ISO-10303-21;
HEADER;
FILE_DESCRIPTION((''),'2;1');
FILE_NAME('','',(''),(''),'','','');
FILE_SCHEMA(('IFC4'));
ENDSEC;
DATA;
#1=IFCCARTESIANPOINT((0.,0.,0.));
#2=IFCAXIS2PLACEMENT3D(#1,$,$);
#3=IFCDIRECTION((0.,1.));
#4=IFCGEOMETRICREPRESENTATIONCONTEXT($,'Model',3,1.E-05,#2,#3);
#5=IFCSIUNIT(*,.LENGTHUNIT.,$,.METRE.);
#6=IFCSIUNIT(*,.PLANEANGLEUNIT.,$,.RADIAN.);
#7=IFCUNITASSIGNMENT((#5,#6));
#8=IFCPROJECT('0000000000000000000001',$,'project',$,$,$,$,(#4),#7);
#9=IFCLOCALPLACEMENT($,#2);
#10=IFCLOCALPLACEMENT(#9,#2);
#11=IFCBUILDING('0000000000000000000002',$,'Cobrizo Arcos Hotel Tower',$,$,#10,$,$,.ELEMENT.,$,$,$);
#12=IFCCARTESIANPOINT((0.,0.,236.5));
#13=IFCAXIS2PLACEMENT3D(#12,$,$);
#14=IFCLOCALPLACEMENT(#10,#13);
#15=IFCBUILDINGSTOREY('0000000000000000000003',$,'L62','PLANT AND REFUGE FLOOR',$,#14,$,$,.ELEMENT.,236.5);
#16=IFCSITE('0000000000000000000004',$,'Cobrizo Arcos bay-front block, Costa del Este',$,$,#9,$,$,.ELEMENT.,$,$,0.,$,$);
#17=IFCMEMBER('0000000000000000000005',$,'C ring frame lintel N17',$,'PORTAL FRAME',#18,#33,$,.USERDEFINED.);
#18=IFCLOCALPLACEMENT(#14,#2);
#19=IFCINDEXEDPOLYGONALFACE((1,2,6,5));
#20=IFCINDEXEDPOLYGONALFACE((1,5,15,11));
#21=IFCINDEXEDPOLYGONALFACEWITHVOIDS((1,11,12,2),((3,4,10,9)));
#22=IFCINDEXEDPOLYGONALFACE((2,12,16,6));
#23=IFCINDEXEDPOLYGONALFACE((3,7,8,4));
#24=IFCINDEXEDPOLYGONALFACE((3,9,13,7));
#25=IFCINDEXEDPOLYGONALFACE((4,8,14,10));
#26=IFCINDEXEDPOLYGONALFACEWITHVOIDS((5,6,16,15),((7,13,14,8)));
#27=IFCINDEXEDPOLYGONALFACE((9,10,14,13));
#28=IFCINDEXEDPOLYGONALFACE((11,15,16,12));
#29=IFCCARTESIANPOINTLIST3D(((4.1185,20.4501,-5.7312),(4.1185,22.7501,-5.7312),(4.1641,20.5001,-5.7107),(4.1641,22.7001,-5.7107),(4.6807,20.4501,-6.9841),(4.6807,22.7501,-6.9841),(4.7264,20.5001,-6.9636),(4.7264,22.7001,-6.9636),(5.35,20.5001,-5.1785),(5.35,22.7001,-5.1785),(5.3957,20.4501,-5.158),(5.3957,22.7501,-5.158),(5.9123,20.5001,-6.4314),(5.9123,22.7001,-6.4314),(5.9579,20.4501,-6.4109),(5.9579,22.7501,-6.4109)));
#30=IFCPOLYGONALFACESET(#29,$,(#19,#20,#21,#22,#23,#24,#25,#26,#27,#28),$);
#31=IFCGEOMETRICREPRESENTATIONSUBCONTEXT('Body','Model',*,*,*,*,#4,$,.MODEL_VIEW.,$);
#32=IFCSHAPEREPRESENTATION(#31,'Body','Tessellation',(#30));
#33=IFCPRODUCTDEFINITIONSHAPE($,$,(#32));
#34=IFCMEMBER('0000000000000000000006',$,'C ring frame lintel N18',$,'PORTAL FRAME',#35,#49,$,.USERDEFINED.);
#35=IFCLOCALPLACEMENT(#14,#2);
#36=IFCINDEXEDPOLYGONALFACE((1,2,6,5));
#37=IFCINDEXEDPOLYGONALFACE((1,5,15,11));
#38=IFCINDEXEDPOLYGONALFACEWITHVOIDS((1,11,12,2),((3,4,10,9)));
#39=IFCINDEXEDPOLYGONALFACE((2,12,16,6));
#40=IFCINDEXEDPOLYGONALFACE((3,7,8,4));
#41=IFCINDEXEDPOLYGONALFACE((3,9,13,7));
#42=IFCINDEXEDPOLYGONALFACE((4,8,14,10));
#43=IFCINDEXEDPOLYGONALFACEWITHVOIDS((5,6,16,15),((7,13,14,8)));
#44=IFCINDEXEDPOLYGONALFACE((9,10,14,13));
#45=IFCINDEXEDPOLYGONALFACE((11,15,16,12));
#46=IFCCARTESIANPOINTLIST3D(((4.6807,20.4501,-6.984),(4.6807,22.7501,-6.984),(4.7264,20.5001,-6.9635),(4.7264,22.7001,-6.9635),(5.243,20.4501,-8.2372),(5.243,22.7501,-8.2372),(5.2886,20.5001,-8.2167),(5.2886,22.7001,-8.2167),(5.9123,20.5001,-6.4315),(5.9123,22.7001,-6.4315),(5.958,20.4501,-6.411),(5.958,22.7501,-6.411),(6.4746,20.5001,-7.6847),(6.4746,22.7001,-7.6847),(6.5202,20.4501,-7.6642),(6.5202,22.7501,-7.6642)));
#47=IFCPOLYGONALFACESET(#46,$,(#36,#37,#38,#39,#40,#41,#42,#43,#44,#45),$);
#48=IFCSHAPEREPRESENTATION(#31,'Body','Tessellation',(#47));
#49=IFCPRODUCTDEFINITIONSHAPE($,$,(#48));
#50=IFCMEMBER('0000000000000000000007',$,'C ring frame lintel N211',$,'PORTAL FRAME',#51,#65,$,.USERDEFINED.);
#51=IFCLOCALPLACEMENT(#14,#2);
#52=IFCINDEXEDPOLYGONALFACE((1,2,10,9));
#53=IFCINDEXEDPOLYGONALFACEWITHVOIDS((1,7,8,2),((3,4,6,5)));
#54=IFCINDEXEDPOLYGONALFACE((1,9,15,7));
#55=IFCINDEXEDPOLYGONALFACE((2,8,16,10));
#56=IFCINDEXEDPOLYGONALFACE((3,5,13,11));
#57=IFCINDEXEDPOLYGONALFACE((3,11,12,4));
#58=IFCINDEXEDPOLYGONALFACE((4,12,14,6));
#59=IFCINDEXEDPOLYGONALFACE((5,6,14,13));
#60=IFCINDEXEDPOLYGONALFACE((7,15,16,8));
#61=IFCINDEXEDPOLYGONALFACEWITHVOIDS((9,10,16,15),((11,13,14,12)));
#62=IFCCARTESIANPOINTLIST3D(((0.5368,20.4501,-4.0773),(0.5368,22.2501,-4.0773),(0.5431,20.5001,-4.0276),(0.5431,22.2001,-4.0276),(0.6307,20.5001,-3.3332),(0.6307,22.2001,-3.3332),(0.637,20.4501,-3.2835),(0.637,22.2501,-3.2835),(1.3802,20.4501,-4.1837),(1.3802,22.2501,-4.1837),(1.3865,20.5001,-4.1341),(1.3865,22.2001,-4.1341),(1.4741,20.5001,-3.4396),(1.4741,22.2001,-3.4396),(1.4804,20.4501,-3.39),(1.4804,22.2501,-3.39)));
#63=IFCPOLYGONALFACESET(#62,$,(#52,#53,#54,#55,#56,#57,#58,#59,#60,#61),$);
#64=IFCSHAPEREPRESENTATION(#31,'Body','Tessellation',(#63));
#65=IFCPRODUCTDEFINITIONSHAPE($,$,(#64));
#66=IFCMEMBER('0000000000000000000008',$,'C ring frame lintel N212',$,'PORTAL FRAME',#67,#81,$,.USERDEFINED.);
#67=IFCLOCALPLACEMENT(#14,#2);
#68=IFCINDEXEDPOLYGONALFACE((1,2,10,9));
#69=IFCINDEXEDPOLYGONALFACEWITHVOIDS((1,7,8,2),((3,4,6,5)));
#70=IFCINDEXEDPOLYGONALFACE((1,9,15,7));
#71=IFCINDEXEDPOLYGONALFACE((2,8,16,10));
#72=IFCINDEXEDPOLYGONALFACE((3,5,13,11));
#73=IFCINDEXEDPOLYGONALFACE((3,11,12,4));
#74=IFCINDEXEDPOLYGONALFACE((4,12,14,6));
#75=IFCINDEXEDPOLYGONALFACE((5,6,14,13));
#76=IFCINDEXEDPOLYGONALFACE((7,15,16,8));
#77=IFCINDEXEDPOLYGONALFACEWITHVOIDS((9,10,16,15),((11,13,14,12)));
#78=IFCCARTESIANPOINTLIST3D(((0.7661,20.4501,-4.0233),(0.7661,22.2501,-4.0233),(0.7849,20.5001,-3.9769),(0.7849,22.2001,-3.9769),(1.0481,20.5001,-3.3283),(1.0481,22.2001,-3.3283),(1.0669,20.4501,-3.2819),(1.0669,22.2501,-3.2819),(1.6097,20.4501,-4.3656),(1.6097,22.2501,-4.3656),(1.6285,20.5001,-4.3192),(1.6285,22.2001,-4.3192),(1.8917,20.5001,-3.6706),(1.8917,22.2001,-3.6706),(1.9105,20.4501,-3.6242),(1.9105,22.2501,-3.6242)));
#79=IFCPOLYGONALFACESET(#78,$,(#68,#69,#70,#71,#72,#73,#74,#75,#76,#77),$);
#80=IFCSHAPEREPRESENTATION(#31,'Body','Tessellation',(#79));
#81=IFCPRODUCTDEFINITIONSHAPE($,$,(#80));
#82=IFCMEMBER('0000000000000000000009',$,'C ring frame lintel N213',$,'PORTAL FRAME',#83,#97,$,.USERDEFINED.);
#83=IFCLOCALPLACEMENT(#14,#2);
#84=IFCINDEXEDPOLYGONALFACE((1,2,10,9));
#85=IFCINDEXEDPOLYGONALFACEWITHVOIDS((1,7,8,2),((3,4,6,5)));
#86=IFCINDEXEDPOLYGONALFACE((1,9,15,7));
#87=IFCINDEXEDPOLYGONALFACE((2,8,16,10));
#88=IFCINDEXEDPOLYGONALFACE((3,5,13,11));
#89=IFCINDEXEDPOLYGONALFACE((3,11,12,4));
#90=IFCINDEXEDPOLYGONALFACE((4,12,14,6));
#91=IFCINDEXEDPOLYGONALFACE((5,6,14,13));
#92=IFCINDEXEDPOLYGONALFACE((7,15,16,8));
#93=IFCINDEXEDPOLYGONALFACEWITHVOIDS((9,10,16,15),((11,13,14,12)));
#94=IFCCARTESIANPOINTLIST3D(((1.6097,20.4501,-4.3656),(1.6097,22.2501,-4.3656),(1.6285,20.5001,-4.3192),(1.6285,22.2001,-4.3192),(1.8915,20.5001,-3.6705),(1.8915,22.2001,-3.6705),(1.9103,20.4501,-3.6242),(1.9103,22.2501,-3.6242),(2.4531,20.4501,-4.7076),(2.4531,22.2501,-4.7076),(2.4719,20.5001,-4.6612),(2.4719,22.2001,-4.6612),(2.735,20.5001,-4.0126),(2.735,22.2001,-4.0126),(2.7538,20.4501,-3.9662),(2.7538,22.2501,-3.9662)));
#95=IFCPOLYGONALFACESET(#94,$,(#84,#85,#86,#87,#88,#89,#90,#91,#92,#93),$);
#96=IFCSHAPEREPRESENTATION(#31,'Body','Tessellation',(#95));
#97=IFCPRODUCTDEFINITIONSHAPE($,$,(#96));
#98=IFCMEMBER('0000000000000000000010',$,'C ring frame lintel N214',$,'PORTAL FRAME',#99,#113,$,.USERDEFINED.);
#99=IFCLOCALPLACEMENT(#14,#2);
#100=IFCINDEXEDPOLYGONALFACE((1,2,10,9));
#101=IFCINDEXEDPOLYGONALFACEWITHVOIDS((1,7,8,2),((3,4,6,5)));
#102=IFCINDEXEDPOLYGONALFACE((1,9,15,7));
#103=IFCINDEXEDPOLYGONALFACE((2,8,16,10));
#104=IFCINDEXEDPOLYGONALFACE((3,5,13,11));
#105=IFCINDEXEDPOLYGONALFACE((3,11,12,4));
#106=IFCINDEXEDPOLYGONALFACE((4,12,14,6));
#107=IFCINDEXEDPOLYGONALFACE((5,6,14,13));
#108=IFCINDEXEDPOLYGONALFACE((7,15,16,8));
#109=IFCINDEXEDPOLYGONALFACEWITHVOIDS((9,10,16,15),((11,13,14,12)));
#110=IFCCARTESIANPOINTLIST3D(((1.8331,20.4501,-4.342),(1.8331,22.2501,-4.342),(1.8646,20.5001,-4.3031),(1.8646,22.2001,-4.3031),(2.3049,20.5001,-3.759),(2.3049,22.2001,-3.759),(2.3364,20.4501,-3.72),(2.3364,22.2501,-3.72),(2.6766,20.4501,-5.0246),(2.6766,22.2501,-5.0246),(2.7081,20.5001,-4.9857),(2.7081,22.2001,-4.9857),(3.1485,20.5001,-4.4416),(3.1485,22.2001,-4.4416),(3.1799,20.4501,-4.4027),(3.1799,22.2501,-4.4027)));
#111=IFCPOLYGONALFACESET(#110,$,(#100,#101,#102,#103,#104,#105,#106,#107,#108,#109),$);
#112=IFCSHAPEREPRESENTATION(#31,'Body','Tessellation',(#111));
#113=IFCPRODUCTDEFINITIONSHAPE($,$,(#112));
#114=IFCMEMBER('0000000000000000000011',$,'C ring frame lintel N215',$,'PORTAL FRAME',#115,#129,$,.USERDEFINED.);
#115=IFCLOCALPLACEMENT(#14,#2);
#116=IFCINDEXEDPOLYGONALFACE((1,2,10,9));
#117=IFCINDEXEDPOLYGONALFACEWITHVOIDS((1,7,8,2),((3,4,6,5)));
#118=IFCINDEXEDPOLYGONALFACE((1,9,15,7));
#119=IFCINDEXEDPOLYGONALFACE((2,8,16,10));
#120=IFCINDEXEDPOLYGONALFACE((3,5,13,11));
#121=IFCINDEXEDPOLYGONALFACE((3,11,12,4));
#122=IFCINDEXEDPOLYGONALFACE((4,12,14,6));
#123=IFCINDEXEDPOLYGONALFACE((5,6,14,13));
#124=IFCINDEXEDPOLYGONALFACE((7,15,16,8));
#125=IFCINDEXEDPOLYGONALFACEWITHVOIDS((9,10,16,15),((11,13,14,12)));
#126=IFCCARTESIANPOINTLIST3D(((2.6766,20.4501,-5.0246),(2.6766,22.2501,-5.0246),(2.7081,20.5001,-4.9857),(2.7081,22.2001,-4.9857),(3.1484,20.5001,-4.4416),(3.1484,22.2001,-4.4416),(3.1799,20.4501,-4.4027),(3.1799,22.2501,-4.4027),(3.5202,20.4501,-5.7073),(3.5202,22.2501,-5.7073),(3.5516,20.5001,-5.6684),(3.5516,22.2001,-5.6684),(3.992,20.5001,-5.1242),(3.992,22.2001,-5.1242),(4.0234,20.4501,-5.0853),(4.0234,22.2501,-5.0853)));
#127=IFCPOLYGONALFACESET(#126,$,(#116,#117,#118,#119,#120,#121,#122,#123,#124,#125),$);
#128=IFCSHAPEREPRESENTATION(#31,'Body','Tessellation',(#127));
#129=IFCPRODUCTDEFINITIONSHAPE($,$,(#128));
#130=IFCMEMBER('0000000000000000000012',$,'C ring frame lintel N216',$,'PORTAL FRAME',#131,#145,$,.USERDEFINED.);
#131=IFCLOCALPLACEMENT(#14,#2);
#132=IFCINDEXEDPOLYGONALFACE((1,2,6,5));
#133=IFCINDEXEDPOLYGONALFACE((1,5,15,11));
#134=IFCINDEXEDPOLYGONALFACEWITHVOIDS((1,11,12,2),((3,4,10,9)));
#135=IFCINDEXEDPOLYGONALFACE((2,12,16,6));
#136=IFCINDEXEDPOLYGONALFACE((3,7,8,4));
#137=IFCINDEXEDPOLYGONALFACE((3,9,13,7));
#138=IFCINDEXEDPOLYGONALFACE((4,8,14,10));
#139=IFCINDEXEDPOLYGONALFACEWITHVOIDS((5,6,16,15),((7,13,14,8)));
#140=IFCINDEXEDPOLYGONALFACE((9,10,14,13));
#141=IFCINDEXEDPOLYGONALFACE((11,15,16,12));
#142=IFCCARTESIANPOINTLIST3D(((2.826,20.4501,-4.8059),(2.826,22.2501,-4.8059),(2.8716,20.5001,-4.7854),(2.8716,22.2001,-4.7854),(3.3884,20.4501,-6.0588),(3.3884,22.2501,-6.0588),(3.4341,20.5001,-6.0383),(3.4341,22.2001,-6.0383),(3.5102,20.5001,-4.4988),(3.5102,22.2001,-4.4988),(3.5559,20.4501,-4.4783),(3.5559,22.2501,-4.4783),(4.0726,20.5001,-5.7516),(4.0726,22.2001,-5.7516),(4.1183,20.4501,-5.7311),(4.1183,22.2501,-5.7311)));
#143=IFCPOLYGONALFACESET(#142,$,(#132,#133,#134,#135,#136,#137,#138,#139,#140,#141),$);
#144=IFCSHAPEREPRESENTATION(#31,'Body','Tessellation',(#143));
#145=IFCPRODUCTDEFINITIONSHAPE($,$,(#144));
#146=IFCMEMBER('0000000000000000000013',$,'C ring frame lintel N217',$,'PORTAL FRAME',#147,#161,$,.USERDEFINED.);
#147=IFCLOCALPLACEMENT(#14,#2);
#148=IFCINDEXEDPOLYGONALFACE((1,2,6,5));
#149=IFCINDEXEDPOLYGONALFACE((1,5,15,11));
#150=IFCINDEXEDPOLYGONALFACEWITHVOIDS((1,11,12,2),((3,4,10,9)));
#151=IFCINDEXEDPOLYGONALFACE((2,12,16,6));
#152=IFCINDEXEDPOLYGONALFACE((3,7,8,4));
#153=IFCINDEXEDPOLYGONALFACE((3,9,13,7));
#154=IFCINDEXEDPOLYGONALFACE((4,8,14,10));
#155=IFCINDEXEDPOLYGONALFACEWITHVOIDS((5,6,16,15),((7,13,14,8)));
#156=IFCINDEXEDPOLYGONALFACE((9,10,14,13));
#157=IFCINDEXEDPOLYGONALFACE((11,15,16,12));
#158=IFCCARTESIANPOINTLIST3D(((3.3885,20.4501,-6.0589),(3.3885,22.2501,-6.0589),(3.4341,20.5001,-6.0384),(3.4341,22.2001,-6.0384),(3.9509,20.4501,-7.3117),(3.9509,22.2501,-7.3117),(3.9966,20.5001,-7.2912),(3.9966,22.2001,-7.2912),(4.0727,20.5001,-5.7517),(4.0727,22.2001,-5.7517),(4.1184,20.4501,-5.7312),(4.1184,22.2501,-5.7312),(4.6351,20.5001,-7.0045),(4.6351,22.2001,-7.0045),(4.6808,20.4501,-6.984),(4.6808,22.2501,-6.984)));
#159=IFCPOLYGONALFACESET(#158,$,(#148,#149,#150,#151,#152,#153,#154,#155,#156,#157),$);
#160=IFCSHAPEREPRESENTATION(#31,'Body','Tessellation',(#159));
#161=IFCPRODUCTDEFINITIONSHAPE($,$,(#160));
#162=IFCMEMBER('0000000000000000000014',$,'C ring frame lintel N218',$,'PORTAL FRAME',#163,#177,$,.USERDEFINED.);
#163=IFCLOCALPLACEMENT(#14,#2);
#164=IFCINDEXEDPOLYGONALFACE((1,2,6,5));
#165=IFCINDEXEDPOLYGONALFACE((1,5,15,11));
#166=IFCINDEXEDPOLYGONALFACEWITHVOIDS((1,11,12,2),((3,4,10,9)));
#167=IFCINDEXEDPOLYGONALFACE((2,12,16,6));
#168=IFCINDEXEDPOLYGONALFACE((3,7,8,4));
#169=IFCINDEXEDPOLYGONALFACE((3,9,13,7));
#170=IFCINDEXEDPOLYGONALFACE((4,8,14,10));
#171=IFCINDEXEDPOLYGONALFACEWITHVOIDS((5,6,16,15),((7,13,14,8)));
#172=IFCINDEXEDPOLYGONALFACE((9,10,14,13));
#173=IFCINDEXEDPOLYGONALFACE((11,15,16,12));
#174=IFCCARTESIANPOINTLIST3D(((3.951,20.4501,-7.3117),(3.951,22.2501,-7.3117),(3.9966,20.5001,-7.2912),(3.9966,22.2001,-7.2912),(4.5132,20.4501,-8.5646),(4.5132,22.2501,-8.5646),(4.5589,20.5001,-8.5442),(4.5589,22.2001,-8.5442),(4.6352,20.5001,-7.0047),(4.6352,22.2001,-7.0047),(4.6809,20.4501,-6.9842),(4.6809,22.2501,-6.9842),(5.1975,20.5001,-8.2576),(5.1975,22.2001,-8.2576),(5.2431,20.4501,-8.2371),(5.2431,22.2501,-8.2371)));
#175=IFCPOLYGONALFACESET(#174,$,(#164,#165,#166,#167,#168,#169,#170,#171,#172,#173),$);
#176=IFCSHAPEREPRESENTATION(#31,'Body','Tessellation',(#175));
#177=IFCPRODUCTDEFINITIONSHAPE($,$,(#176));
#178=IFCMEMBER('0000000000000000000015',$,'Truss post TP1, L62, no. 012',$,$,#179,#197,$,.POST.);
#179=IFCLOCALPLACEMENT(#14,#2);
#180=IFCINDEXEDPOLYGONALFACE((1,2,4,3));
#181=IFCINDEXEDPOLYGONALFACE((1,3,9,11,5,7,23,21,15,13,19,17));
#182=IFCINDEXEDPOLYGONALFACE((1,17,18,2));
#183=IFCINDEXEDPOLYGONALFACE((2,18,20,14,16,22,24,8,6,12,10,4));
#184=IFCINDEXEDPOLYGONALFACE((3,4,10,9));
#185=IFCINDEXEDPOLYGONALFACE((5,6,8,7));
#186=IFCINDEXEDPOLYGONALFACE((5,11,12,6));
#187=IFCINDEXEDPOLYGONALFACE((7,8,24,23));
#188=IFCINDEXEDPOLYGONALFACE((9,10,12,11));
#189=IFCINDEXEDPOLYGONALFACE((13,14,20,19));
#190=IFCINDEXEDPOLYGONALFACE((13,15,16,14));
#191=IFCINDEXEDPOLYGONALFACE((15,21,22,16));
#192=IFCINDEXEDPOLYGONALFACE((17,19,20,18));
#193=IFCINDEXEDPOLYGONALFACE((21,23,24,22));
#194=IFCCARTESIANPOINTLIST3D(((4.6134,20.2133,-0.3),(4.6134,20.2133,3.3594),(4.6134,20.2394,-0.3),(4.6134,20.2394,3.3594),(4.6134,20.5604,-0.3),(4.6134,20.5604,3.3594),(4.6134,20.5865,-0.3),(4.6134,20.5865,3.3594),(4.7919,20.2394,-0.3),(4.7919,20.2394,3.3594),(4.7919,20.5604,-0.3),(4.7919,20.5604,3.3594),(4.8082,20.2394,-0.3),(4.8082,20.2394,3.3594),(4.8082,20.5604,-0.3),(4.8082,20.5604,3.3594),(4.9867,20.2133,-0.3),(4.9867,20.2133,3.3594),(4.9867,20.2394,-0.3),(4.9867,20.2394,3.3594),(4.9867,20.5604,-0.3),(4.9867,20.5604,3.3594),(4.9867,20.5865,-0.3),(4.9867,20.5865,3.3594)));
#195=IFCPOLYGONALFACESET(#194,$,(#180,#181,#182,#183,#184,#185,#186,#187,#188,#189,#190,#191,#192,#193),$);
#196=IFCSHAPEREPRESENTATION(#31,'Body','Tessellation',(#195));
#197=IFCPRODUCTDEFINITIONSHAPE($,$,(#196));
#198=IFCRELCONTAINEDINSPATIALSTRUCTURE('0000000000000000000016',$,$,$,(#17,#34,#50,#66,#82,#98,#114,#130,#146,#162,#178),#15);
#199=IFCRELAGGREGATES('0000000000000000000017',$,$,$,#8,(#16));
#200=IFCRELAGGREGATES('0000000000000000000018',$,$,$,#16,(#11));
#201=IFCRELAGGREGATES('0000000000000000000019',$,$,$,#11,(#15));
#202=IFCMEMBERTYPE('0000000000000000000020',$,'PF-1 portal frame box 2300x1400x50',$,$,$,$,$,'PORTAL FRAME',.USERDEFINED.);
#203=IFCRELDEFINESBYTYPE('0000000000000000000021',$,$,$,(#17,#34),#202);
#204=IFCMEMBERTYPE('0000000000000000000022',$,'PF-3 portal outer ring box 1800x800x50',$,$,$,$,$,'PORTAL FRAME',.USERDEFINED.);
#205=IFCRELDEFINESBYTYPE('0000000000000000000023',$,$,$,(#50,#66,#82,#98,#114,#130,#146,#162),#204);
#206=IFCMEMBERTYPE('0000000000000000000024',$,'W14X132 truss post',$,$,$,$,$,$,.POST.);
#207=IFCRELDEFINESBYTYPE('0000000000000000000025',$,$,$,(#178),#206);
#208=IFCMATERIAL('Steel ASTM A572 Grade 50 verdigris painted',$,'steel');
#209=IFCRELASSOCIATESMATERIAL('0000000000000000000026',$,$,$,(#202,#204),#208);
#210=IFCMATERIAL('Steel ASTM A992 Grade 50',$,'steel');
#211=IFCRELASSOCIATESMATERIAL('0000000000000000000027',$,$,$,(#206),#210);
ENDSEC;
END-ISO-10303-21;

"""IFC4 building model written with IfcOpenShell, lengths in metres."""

from ifc_helpers import new_model, si_unit, direction, frame, origin, origin_2d, place, context, subcontext, project, spatial, hollow_rectangle, i_section, extrude, material, material_profile, profile_set, type_object, element, save


model = new_model("IFC4")

# Units and contexts
model_context = context("Model", 3, precision=1e-05, world=origin(), true_north=direction((0.0, 1.0)))
body_context = subcontext(model_context, "Body", "Model", "MODEL_VIEW")
ifc_project = project(units=[si_unit("LENGTHUNIT", "METRE"), si_unit("PLANEANGLEUNIT", "RADIAN")], contexts=[model_context])

# Site, building, storey
site_placement = place(None, origin())
site = spatial("IfcSite", under=ifc_project, at=site_placement, Name="Cobrizo Arcos bay-front block, Costa del Este", CompositionType="ELEMENT", RefElevation=0.0)
building_placement = place(site_placement, origin())
building = spatial("IfcBuilding", under=site, at=building_placement, Name="Cobrizo Arcos Hotel Tower", CompositionType="ELEMENT")
storey_placement = place(building_placement, frame((0.0, 0.0, 236.5)))
storey = spatial("IfcBuildingStorey", under=building, at=storey_placement, Name="L62", Description="PLANT AND REFUGE FLOOR", CompositionType="ELEMENT", Elevation=236.5)

# Members
ifc_material_1 = material(Name="Steel ASTM A572 Grade 50 verdigris painted", Category="steel")
ifc_material_profile_1 = material_profile(ifc_material_1, hollow_rectangle(XDim=2.3, YDim=1.3999, WallThickness=0.05, at=origin_2d()), Name="PF-1 portal frame box 2300x1400x50")
ifc_profile_set_1 = profile_set([ifc_material_profile_1], Name="Steel ASTM A572 Grade 50 verdigris painted")
member_type_1 = type_object("IfcMemberType", Name="PF-1 portal frame box 2300x1400x50", ElementType="PORTAL FRAME", PredefinedType="USERDEFINED", material=ifc_profile_set_1)
for number, where, z_axis, x_axis, name in (
    (1, (4.7571, 21.6001, -5.4446), (0.409418, 0.0, -0.912347), (0.0, 1.0, 0.0), "C ring frame lintel N17"),
):
    element("IfcMember", number, at=place(storey_placement, frame(where, z_axis=z_axis, x_axis=x_axis)), inside=storey, type_object=member_type_1, Name=name, ObjectType="PORTAL FRAME", PredefinedType="USERDEFINED", context=body_context, shape_type="SweptSolid", body=[
        extrude(hollow_rectangle(XDim=2.3, YDim=1.3999, WallThickness=0.05, at=origin_2d()), origin(), (0.0, 0.0, 1.0), 1.3733),
    ])
member_1_placement = place(storey_placement, frame((5.3193, 21.6001, -6.6975), z_axis=(0.409352, 0.0, -0.912377), x_axis=(0.0, 1.0, 0.0)))
element("IfcMember", 2, at=member_1_placement, inside=storey, type_object=member_type_1, Name="C ring frame lintel N18", ObjectType="PORTAL FRAME", PredefinedType="USERDEFINED", context=body_context, shape_type="SweptSolid", body=[
    extrude(hollow_rectangle(XDim=2.3, YDim=1.3999, WallThickness=0.05, at=origin_2d()), origin(), (0.0, 0.0, 1.0), 1.3735),
])
ifc_material_profile_2 = material_profile(ifc_material_1, hollow_rectangle(XDim=1.8, YDim=0.8, WallThickness=0.05, at=origin_2d()), Name="PF-3 portal outer ring box 1800x800x50")
ifc_profile_set_2 = profile_set([ifc_material_profile_2], Name="Steel ASTM A572 Grade 50 verdigris painted")
member_type_2 = type_object("IfcMemberType", Name="PF-3 portal outer ring box 1800x800x50", ElementType="PORTAL FRAME", PredefinedType="USERDEFINED", material=ifc_profile_set_2)
member_2_placement = place(storey_placement, frame((0.5869, 21.3501, -3.6804), z_axis=(0.992131, 0.0, -0.125201), x_axis=(0.0, 1.0, 0.0)))
element("IfcMember", 3, at=member_2_placement, inside=storey, type_object=member_type_2, Name="C ring frame lintel N211", ObjectType="PORTAL FRAME", PredefinedType="USERDEFINED", context=body_context, shape_type="SweptSolid", body=[
    extrude(hollow_rectangle(XDim=1.8, YDim=0.8, WallThickness=0.05, at=origin_2d()), origin(), (0.0, 0.0, 1.0), 0.8501),
])
member_3_placement = place(storey_placement, frame((0.9165, 21.3501, -3.6526), z_axis=(0.926616, 0.0, -0.37601), x_axis=(0.0, 1.0, 0.0)))
element("IfcMember", 4, at=member_3_placement, inside=storey, type_object=member_type_2, Name="C ring frame lintel N212", ObjectType="PORTAL FRAME", PredefinedType="USERDEFINED", context=body_context, shape_type="SweptSolid", body=[
    extrude(hollow_rectangle(XDim=1.8, YDim=0.8, WallThickness=0.05, at=origin_2d()), origin(), (0.0, 0.0, 1.0), 0.9104),
])
member_4_placement = place(storey_placement, frame((1.76, 21.3501, -3.9949), z_axis=(0.926709, 0.0, -0.37578), x_axis=(0.0, 1.0, 0.0)))
element("IfcMember", 5, at=member_4_placement, inside=storey, type_object=member_type_2, Name="C ring frame lintel N213", ObjectType="PORTAL FRAME", PredefinedType="USERDEFINED", context=body_context, shape_type="SweptSolid", body=[
    extrude(hollow_rectangle(XDim=1.8, YDim=0.8, WallThickness=0.05, at=origin_2d()), origin(), (0.0, 0.0, 1.0), 0.9102),
])
for number, where, z_axis, x_axis, name in (
    (6, (2.0847, 21.3501, -4.031), (0.777344, 0.0, -0.629075), (0.0, 1.0, 0.0), "C ring frame lintel N214"),
    (7, (2.9282, 21.3501, -4.7136), (0.777344, 0.0, -0.629075), (0.0, 1.0, 0.0), "C ring frame lintel N215"),
):
    element("IfcMember", number, at=place(storey_placement, frame(where, z_axis=z_axis, x_axis=x_axis)), inside=storey, type_object=member_type_2, Name=name, ObjectType="PORTAL FRAME", PredefinedType="USERDEFINED", context=body_context, shape_type="SweptSolid", body=[
        extrude(hollow_rectangle(XDim=1.8, YDim=0.8, WallThickness=0.05, at=origin_2d()), origin(), (0.0, 0.0, 1.0), 1.0852),
    ])
for number, where, z_axis, x_axis, name in (
    (8, (3.1909, 21.3501, -4.6421), (0.409566, 0.0, -0.91228), (0.0, 1.0, 0.0), "C ring frame lintel N216"),
    (9, (3.7534, 21.3501, -5.895), (0.409566, 0.0, -0.91228), (0.0, 1.0, 0.0), "C ring frame lintel N217"),
    (10, (4.3159, 21.3501, -7.1479), (0.409418, 0.0, -0.912347), (0.0, 1.0, 0.0), "C ring frame lintel N218"),
):
    element("IfcMember", number, at=place(storey_placement, frame(where, z_axis=z_axis, x_axis=x_axis)), inside=storey, type_object=member_type_2, Name=name, ObjectType="PORTAL FRAME", PredefinedType="USERDEFINED", context=body_context, shape_type="SweptSolid", body=[
        extrude(hollow_rectangle(XDim=1.8, YDim=0.8, WallThickness=0.05, at=origin_2d()), origin(), (0.0, 0.0, 1.0), 1.3733),
    ])
ifc_material_2 = material(Name="Steel ASTM A992 Grade 50", Category="steel")
ifc_material_profile_3 = material_profile(ifc_material_2, i_section(OverallWidth=0.3733, OverallDepth=0.3733, WebThickness=0.0164, FlangeThickness=0.0261, at=origin_2d()), Name="W14X132")
ifc_profile_set_3 = profile_set([ifc_material_profile_3], Name="Steel ASTM A992 Grade 50")
member_type_3 = type_object("IfcMemberType", Name="W14X132 truss post", PredefinedType="POST", material=ifc_profile_set_3)
for number, where, z_axis, x_axis, name in (
    (11, (4.8, 20.3999, -0.3), (0.0, 0.0, 1.0), (1.0, 0.0, 0.0), "Truss post TP1, L62, no. 012"),
):
    element("IfcMember", number, at=place(storey_placement, frame(where, z_axis=z_axis, x_axis=x_axis)), inside=storey, type_object=member_type_3, Name=name, PredefinedType="POST", context=body_context, shape_type="SweptSolid", body=[
        extrude(i_section(OverallWidth=0.3733, OverallDepth=0.3733, WebThickness=0.0164, FlangeThickness=0.0261, at=origin_2d()), origin(), (0.0, 0.0, 1.0), 3.6594),
    ])

save(model, "model.ifc")
